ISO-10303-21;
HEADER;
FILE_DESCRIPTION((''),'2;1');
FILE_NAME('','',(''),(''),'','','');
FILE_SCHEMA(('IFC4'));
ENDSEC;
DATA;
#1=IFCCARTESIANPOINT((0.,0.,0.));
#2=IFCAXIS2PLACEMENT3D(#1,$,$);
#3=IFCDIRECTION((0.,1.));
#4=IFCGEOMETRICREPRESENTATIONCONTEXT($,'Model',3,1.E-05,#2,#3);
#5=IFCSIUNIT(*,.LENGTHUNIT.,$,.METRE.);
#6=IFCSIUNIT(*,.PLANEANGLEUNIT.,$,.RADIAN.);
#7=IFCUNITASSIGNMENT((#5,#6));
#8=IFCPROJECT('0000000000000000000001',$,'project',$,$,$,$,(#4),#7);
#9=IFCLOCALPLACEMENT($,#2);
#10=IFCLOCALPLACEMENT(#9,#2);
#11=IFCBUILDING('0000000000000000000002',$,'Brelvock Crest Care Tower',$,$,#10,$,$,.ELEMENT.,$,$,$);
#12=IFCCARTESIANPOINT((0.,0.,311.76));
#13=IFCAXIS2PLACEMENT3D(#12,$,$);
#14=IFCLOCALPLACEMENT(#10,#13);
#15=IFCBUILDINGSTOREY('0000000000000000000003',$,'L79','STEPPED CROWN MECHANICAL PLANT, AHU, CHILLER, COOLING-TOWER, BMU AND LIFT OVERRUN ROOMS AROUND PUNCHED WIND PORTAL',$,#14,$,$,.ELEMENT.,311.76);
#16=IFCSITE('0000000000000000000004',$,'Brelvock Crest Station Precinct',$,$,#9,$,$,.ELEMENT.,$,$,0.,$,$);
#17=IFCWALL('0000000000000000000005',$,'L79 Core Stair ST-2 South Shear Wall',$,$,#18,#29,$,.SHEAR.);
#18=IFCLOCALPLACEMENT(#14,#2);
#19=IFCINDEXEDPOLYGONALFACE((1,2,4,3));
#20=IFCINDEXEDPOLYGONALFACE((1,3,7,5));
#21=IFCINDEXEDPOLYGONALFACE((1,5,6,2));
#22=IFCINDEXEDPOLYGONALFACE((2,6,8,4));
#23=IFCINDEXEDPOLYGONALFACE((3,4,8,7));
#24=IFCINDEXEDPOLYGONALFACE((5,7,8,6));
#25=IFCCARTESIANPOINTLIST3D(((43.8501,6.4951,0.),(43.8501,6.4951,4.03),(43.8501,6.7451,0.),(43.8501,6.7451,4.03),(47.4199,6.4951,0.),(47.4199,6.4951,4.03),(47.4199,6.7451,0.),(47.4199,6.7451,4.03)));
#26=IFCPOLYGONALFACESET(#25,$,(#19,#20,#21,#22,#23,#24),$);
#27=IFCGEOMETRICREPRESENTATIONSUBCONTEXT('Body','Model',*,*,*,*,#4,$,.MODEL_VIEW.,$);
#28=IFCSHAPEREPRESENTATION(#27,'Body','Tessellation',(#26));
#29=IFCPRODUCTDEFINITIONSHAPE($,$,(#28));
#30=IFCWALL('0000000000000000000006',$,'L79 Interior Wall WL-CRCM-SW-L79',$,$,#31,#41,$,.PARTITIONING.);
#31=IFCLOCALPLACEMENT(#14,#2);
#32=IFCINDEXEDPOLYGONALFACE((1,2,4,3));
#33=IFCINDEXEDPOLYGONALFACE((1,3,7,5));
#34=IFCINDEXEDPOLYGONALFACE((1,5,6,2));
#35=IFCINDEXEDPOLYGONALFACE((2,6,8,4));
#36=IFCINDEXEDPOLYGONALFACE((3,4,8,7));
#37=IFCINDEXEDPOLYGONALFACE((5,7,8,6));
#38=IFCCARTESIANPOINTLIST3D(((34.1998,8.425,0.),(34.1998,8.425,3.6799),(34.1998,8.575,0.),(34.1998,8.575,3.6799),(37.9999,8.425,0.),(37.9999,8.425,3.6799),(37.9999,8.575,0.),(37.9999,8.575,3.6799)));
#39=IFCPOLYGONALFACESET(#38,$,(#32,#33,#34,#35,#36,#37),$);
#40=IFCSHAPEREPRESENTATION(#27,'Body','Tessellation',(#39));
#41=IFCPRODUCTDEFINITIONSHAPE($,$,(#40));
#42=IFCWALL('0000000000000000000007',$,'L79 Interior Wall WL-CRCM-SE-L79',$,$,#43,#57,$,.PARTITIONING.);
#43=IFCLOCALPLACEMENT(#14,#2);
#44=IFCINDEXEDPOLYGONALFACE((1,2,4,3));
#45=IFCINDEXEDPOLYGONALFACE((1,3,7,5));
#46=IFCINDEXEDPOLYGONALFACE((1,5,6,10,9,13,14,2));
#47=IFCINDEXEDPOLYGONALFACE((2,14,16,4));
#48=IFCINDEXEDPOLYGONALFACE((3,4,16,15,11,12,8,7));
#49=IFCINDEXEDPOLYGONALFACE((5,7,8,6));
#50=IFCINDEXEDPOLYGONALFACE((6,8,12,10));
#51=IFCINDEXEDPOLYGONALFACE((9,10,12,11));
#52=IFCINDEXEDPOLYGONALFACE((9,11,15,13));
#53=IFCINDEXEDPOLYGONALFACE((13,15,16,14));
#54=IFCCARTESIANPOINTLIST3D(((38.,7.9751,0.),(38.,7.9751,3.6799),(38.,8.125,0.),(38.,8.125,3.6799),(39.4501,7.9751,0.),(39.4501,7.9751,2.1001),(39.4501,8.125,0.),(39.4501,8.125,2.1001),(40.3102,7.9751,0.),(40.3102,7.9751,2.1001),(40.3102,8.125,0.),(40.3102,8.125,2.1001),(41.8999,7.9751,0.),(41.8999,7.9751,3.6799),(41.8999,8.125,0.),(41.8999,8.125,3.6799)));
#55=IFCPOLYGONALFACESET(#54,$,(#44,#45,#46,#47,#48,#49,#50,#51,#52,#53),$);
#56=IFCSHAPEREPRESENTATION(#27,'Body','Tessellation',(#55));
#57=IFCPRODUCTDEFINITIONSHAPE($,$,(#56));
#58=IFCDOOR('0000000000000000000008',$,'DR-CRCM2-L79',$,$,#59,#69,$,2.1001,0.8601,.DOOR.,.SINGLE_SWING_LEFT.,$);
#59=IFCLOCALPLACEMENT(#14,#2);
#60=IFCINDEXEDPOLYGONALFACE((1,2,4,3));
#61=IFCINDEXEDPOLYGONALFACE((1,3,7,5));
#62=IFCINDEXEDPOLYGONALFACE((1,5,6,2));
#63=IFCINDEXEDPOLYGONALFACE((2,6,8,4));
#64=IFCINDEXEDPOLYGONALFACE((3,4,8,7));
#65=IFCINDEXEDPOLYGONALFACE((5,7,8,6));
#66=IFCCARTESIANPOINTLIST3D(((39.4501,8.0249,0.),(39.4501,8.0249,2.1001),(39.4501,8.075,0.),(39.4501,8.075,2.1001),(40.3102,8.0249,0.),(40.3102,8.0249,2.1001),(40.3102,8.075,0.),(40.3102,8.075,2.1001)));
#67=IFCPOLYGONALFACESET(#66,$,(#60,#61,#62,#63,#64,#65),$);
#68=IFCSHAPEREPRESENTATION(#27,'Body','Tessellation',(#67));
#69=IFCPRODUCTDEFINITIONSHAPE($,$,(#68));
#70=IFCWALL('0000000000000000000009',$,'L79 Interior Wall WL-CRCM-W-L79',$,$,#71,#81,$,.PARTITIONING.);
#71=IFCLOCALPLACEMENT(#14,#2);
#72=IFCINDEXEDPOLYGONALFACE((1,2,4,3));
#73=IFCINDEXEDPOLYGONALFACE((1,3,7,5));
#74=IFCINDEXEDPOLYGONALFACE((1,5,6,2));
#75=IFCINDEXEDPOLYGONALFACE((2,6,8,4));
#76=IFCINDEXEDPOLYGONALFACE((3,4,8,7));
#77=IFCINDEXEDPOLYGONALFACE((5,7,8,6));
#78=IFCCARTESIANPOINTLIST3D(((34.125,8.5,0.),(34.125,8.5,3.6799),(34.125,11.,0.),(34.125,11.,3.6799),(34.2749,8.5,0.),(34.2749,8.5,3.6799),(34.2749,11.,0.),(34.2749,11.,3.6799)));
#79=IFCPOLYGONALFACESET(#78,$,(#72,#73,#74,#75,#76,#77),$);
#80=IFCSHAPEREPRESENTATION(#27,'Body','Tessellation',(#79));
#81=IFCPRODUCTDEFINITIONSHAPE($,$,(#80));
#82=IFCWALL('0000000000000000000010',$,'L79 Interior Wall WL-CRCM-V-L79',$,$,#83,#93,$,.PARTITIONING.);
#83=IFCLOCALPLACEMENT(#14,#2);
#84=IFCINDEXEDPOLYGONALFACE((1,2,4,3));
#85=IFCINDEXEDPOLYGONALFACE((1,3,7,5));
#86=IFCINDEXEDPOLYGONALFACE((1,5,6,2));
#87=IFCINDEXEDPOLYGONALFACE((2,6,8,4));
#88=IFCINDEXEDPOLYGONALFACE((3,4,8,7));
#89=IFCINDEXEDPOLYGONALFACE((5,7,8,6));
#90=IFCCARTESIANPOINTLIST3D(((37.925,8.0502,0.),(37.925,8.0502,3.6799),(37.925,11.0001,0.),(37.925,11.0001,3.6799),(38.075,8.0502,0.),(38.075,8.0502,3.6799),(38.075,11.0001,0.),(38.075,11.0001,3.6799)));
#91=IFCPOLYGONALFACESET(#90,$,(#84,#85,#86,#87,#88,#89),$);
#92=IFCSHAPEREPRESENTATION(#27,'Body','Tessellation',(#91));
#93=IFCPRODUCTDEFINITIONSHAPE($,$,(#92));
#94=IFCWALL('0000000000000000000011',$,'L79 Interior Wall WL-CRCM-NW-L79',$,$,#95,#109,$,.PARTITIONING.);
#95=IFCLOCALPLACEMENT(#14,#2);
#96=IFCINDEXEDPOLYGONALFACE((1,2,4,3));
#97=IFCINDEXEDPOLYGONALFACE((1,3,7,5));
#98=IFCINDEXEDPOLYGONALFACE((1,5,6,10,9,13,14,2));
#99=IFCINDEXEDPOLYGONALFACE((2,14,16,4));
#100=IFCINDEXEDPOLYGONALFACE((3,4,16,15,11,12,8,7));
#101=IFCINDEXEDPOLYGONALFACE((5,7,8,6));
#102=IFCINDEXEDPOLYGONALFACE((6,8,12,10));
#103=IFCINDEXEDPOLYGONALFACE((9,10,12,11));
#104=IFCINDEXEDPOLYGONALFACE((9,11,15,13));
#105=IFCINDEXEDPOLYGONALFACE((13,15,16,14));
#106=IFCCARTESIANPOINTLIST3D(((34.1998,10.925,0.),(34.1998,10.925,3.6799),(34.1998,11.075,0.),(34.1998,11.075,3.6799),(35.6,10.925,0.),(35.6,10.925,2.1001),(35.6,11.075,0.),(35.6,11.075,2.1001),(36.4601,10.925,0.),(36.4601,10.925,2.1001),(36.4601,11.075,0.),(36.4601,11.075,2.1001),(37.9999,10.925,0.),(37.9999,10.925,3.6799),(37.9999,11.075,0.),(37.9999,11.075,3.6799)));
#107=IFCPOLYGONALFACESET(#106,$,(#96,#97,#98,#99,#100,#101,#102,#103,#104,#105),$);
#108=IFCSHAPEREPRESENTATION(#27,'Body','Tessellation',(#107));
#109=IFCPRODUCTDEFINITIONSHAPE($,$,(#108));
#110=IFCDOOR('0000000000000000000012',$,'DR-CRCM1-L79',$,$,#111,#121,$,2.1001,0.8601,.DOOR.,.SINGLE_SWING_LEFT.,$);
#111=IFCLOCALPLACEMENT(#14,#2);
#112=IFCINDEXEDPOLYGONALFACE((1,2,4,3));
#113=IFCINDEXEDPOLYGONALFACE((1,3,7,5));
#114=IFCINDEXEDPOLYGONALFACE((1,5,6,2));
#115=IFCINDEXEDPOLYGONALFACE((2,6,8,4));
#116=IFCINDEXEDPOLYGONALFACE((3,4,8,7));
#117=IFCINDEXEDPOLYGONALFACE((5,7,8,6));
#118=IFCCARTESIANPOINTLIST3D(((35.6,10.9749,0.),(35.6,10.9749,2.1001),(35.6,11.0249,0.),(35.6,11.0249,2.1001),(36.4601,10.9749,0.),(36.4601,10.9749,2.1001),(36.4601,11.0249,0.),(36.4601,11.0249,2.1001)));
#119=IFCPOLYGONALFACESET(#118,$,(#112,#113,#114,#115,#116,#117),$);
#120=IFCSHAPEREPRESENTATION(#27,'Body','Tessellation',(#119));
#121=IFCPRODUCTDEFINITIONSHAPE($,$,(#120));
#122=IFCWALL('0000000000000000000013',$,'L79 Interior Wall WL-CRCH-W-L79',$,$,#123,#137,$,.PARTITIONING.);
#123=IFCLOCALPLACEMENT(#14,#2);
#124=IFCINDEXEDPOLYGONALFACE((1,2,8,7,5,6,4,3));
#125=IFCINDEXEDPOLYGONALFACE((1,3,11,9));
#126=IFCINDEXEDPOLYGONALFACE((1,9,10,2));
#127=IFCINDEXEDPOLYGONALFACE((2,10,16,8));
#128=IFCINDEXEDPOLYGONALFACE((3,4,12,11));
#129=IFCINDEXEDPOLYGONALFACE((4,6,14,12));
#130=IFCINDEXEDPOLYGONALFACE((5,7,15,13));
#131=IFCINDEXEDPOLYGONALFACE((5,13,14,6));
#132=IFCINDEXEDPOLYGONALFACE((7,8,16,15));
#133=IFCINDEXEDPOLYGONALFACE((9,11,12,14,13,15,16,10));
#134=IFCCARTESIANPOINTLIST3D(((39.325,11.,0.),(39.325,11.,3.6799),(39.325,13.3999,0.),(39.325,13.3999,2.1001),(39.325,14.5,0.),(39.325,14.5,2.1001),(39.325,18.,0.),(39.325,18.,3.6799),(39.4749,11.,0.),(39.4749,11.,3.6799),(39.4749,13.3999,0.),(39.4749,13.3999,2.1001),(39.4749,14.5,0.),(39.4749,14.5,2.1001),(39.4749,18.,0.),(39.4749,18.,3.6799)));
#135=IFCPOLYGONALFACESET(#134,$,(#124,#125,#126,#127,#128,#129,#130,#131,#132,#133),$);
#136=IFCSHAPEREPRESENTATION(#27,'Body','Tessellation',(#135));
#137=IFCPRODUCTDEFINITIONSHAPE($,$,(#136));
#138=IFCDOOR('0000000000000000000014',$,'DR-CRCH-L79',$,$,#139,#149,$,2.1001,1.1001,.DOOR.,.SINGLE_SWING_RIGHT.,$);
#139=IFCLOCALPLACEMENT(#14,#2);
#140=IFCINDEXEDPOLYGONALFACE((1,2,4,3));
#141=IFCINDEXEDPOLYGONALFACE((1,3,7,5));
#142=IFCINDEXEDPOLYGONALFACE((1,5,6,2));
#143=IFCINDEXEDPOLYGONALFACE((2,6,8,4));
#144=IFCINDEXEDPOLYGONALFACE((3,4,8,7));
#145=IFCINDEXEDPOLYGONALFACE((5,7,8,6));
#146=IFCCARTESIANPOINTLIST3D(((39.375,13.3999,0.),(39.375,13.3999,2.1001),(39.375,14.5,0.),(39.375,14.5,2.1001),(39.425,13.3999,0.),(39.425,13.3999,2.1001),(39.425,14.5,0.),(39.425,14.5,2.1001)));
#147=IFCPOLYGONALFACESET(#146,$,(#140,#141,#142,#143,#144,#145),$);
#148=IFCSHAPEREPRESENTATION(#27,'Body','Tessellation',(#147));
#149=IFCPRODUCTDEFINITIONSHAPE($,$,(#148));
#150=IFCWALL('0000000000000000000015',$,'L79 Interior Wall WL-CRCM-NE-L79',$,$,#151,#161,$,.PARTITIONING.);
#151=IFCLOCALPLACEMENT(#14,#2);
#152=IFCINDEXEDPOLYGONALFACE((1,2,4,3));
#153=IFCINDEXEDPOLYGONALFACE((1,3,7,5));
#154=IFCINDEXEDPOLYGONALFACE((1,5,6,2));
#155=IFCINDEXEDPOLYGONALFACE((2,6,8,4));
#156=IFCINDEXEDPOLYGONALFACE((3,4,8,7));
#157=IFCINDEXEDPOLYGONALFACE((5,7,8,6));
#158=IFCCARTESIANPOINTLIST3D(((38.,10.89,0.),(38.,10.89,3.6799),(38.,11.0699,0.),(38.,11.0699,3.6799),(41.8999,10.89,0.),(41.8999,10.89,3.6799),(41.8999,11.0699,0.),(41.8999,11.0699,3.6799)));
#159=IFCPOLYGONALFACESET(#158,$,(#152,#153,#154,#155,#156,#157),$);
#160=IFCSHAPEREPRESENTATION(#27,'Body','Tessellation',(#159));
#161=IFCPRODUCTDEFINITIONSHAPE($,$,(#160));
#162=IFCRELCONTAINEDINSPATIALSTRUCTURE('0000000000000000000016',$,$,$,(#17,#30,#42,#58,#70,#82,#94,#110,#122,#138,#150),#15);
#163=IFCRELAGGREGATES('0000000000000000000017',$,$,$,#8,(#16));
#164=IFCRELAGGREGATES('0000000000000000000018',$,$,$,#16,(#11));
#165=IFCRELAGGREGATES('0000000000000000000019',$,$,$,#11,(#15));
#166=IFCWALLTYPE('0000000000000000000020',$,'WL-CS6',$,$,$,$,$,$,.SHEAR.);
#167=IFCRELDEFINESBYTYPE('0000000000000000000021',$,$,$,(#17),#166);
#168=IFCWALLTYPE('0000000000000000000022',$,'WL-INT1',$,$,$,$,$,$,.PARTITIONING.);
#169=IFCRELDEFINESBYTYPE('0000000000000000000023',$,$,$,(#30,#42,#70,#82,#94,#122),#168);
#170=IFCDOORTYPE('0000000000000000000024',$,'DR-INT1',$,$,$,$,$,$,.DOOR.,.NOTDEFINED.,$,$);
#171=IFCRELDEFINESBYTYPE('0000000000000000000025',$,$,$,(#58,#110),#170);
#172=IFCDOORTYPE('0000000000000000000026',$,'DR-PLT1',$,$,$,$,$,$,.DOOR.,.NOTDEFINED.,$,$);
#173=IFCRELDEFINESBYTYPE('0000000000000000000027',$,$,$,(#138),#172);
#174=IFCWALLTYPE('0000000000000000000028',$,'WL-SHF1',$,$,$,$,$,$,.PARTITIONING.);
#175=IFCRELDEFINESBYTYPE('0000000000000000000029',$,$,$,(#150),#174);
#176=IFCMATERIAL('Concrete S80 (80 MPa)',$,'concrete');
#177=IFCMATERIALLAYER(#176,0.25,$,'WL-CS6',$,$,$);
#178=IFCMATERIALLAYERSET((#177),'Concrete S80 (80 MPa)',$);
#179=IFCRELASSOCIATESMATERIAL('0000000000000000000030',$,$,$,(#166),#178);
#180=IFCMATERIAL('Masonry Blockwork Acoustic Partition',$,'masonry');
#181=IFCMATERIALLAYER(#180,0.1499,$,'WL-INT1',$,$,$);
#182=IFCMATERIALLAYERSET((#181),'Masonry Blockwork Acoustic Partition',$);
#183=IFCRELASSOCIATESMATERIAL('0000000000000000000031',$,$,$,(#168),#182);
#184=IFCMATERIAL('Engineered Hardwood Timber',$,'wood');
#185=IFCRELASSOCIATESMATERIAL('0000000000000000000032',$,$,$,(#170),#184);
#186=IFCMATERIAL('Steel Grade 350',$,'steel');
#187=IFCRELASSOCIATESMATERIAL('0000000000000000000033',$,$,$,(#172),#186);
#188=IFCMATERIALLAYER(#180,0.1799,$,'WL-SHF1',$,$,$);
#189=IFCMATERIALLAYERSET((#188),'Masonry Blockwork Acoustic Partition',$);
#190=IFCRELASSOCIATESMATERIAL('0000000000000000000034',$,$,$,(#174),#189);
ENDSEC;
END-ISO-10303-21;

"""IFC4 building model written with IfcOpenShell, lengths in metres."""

from ifc_helpers import new_model, si_unit, direction, frame, frame_2d, origin, origin_2d, place, context, subcontext, project, spatial, rectangle, extrude, source, transform, mapped, material, layer, layer_set, type_object, element, fill, save


model = new_model("IFC4")

# Units and contexts
model_context = context("Model", 3, precision=1e-05, world=origin(), true_north=direction((0.0, 1.0)))
body_context = subcontext(model_context, "Body", "Model", "MODEL_VIEW")
ifc_project = project(units=[si_unit("LENGTHUNIT", "METRE"), si_unit("PLANEANGLEUNIT", "RADIAN")], contexts=[model_context])

# Site, building, storey
site_placement = place(None, origin())
site = spatial("IfcSite", under=ifc_project, at=site_placement, Name="Brelvock Crest Station Precinct", CompositionType="ELEMENT", RefElevation=0.0)
building_placement = place(site_placement, origin())
building = spatial("IfcBuilding", under=site, at=building_placement, Name="Brelvock Crest Care Tower", CompositionType="ELEMENT")
storey_placement = place(building_placement, frame((0.0, 0.0, 311.76)))
storey = spatial("IfcBuildingStorey", under=building, at=storey_placement, Name="L79", Description="STEPPED CROWN MECHANICAL PLANT, AHU, CHILLER, COOLING-TOWER, BMU AND LIFT OVERRUN ROOMS AROUND PUNCHED WIND PORTAL", CompositionType="ELEMENT", Elevation=311.76)

# Shared definitions
ifc_material_1 = material(Name="Steel Grade 350", Category="steel")

# Walls
ifc_material_2 = material(Name="Concrete S80 (80 MPa)", Category="concrete")
ifc_layer_1 = layer(ifc_material_2, 0.25, Name="WL-CS6")
ifc_layer_set_1 = layer_set([ifc_layer_1], Name="Concrete S80 (80 MPa)")
wall_type_1 = type_object("IfcWallType", Name="WL-CS6", PredefinedType="SHEAR", material=ifc_layer_set_1)
wall_1_placement = place(storey_placement, frame((43.8501, 6.6201, 0.0), z_axis=(0.0, 0.0, 1.0), x_axis=(1.0, 0.0, 0.0)))
element("IfcWall", 1, at=wall_1_placement, inside=storey, type_object=wall_type_1, Name="L79 Core Stair ST-2 South Shear Wall", PredefinedType="SHEAR", context=body_context, shape_type="SweptSolid", body=[
    extrude(rectangle(XDim=3.5698, YDim=0.25, at=frame_2d((1.7849, 0.0))), origin(), (0.0, 0.0, 1.0), 4.03),
])
ifc_material_3 = material(Name="Masonry Blockwork Acoustic Partition", Category="masonry")
ifc_layer_2 = layer(ifc_material_3, 0.1499, Name="WL-INT1")
ifc_layer_set_2 = layer_set([ifc_layer_2], Name="Masonry Blockwork Acoustic Partition")
wall_type_2 = type_object("IfcWallType", Name="WL-INT1", PredefinedType="PARTITIONING", material=ifc_layer_set_2)
wall_2_placement = place(storey_placement, frame((34.2, 8.5, 0.0), z_axis=(0.0, 0.0, 1.0), x_axis=(1.0, 0.0, 0.0)))
element("IfcWall", 2, at=wall_2_placement, inside=storey, type_object=wall_type_2, Name="L79 Interior Wall WL-CRCM-SW-L79", PredefinedType="PARTITIONING", context=body_context, shape_type="SweptSolid", body=[
    extrude(rectangle(XDim=3.8, YDim=0.1499, at=frame_2d((1.8999, 0.0))), origin(), (0.0, 0.0, 1.0), 3.6799),
])

# Wall, opening, door
wall_3_placement = place(storey_placement, frame((38.0, 8.05, 0.0), z_axis=(0.0, 0.0, 1.0), x_axis=(1.0, 0.0, 0.0)))
wall_3 = element("IfcWall", 3, at=wall_3_placement, inside=storey, type_object=wall_type_2, Name="L79 Interior Wall WL-CRCM-SE-L79", PredefinedType="PARTITIONING", context=body_context, shape_type="SweptSolid", body=[
    extrude(rectangle(XDim=3.8999, YDim=0.1499, at=frame_2d((1.95, 0.0))), origin(), (0.0, 0.0, 1.0), 3.6799),
])
opening_1_placement = place(wall_3_placement, frame((1.45, 0.0, 0.0)))
opening_1 = element("IfcOpeningElement", 4, at=opening_1_placement, cuts=wall_3, PredefinedType="OPENING", context=body_context, shape_type="SweptSolid", body=[
    extrude(rectangle(XDim=0.8601, YDim=2.1001, at=origin_2d()), frame((0.4302, 0.085, 1.05), z_axis=(0.0, -1.0, 0.0), x_axis=(1.0, 0.0, 0.0)), (0.0, 0.0, 1.0), 0.1699),
])
ifc_material_4 = material(Name="Engineered Hardwood Timber", Category="wood")
door_type_1 = type_object("IfcDoorType", Name="DR-INT1", OperationType="NOTDEFINED", PredefinedType="DOOR", material=ifc_material_4)
shared_shape_1 = source(origin(), body_context, "Body", "SweptSolid", [
    extrude(rectangle(XDim=0.8601, YDim=2.1001, at=origin_2d()), frame((0.4302, 0.0249, 1.05), z_axis=(0.0, -1.0, 0.0), x_axis=(1.0, 0.0, 0.0)), (0.0, 0.0, 1.0), 0.05),
])
door_1_placement = place(opening_1_placement, origin())
door_1 = element("IfcDoor", 5, at=door_1_placement, inside=storey, type_object=door_type_1, Name="DR-CRCM2-L79", OperationType="SINGLE_SWING_LEFT", OverallHeight=2.1001, OverallWidth=0.8601, PredefinedType="DOOR", context=body_context, shape_type="MappedRepresentation", body=[
    mapped(shared_shape_1, transform((0.0, 0.0, 0.0), x_axis=(1.0, 0.0, 0.0), y_axis=(0.0, 1.0, 0.0), z_axis=(0.0, 0.0, 1.0), scale=1.0)),
])
fill(opening_1, door_1)

# Walls
wall_4_placement = place(storey_placement, frame((34.2, 8.5, 0.0), z_axis=(0.0, 0.0, 1.0), x_axis=(0.0, 1.0, 0.0)))
element("IfcWall", 6, at=wall_4_placement, inside=storey, type_object=wall_type_2, Name="L79 Interior Wall WL-CRCM-W-L79", PredefinedType="PARTITIONING", context=body_context, shape_type="SweptSolid", body=[
    extrude(rectangle(XDim=2.5, YDim=0.1499, at=frame_2d((1.25, 0.0))), origin(), (0.0, 0.0, 1.0), 3.6799),
])
wall_5_placement = place(storey_placement, frame((38.0, 8.05, 0.0), z_axis=(0.0, 0.0, 1.0), x_axis=(0.0, 1.0, 0.0)))
element("IfcWall", 7, at=wall_5_placement, inside=storey, type_object=wall_type_2, Name="L79 Interior Wall WL-CRCM-V-L79", PredefinedType="PARTITIONING", context=body_context, shape_type="SweptSolid", body=[
    extrude(rectangle(XDim=2.95, YDim=0.1499, at=frame_2d((1.4751, 0.0))), origin(), (0.0, 0.0, 1.0), 3.6799),
])

# Walls, openings, doors
wall_6_placement = place(storey_placement, frame((34.2, 11.0, 0.0), z_axis=(0.0, 0.0, 1.0), x_axis=(1.0, 0.0, 0.0)))
wall_6 = element("IfcWall", 8, at=wall_6_placement, inside=storey, type_object=wall_type_2, Name="L79 Interior Wall WL-CRCM-NW-L79", PredefinedType="PARTITIONING", context=body_context, shape_type="SweptSolid", body=[
    extrude(rectangle(XDim=3.8, YDim=0.1499, at=frame_2d((1.8999, 0.0))), origin(), (0.0, 0.0, 1.0), 3.6799),
])
opening_2_placement = place(wall_6_placement, frame((1.3999, 0.0, 0.0)))
opening_2 = element("IfcOpeningElement", 9, at=opening_2_placement, cuts=wall_6, PredefinedType="OPENING", context=body_context, shape_type="SweptSolid", body=[
    extrude(rectangle(XDim=0.8601, YDim=2.1001, at=origin_2d()), frame((0.4302, 0.085, 1.05), z_axis=(0.0, -1.0, 0.0), x_axis=(1.0, 0.0, 0.0)), (0.0, 0.0, 1.0), 0.1699),
])
door_2_placement = place(opening_2_placement, origin())
door_2 = element("IfcDoor", 10, at=door_2_placement, inside=storey, type_object=door_type_1, Name="DR-CRCM1-L79", OperationType="SINGLE_SWING_LEFT", OverallHeight=2.1001, OverallWidth=0.8601, PredefinedType="DOOR", context=body_context, shape_type="MappedRepresentation", body=[
    mapped(shared_shape_1, transform((0.0, 0.0, 0.0), x_axis=(1.0, 0.0, 0.0), y_axis=(0.0, 1.0, 0.0), z_axis=(0.0, 0.0, 1.0), scale=1.0)),
])
fill(opening_2, door_2)
wall_7_placement = place(storey_placement, frame((39.3999, 11.0, 0.0), z_axis=(0.0, 0.0, 1.0), x_axis=(0.0, 1.0, 0.0)))
wall_7 = element("IfcWall", 11, at=wall_7_placement, inside=storey, type_object=wall_type_2, Name="L79 Interior Wall WL-CRCH-W-L79", PredefinedType="PARTITIONING", context=body_context, shape_type="SweptSolid", body=[
    extrude(rectangle(XDim=7.0, YDim=0.1499, at=frame_2d((3.5, 0.0))), origin(), (0.0, 0.0, 1.0), 3.6799),
])
opening_3_placement = place(wall_7_placement, frame((2.3999, 0.0, 0.0)))
opening_3 = element("IfcOpeningElement", 12, at=opening_3_placement, cuts=wall_7, PredefinedType="OPENING", context=body_context, shape_type="SweptSolid", body=[
    extrude(rectangle(XDim=1.1001, YDim=2.1001, at=origin_2d()), frame((0.55, 0.085, 1.05), z_axis=(0.0, -1.0, 0.0), x_axis=(1.0, 0.0, 0.0)), (0.0, 0.0, 1.0), 0.1699),
])
door_type_2 = type_object("IfcDoorType", Name="DR-PLT1", OperationType="NOTDEFINED", PredefinedType="DOOR", material=ifc_material_1)
shared_shape_2 = source(origin(), body_context, "Body", "SweptSolid", [
    extrude(rectangle(XDim=1.1001, YDim=2.1001, at=origin_2d()), frame((0.55, 0.0249, 1.05), z_axis=(0.0, -1.0, 0.0), x_axis=(1.0, 0.0, 0.0)), (0.0, 0.0, 1.0), 0.05),
])
door_3_placement = place(opening_3_placement, origin())
door_3 = element("IfcDoor", 13, at=door_3_placement, inside=storey, type_object=door_type_2, Name="DR-CRCH-L79", OperationType="SINGLE_SWING_RIGHT", OverallHeight=2.1001, OverallWidth=1.1001, PredefinedType="DOOR", context=body_context, shape_type="MappedRepresentation", body=[
    mapped(shared_shape_2, transform((0.0, 0.0, 0.0), x_axis=(1.0, 0.0, 0.0), y_axis=(0.0, 1.0, 0.0), z_axis=(0.0, 0.0, 1.0), scale=1.0)),
])
fill(opening_3, door_3)

# Wall
ifc_layer_3 = layer(ifc_material_3, 0.1799, Name="WL-SHF1")
ifc_layer_set_3 = layer_set([ifc_layer_3], Name="Masonry Blockwork Acoustic Partition")
wall_type_3 = type_object("IfcWallType", Name="WL-SHF1", PredefinedType="PARTITIONING", material=ifc_layer_set_3)
wall_8_placement = place(storey_placement, frame((38.0, 10.98, 0.0), z_axis=(0.0, 0.0, 1.0), x_axis=(1.0, 0.0, 0.0)))
element("IfcWall", 14, at=wall_8_placement, inside=storey, type_object=wall_type_3, Name="L79 Interior Wall WL-CRCM-NE-L79", PredefinedType="PARTITIONING", context=body_context, shape_type="SweptSolid", body=[
    extrude(rectangle(XDim=3.8999, YDim=0.1799, at=frame_2d((1.95, 0.0))), origin(), (0.0, 0.0, 1.0), 3.6799),
])

save(model, "model.ifc")
